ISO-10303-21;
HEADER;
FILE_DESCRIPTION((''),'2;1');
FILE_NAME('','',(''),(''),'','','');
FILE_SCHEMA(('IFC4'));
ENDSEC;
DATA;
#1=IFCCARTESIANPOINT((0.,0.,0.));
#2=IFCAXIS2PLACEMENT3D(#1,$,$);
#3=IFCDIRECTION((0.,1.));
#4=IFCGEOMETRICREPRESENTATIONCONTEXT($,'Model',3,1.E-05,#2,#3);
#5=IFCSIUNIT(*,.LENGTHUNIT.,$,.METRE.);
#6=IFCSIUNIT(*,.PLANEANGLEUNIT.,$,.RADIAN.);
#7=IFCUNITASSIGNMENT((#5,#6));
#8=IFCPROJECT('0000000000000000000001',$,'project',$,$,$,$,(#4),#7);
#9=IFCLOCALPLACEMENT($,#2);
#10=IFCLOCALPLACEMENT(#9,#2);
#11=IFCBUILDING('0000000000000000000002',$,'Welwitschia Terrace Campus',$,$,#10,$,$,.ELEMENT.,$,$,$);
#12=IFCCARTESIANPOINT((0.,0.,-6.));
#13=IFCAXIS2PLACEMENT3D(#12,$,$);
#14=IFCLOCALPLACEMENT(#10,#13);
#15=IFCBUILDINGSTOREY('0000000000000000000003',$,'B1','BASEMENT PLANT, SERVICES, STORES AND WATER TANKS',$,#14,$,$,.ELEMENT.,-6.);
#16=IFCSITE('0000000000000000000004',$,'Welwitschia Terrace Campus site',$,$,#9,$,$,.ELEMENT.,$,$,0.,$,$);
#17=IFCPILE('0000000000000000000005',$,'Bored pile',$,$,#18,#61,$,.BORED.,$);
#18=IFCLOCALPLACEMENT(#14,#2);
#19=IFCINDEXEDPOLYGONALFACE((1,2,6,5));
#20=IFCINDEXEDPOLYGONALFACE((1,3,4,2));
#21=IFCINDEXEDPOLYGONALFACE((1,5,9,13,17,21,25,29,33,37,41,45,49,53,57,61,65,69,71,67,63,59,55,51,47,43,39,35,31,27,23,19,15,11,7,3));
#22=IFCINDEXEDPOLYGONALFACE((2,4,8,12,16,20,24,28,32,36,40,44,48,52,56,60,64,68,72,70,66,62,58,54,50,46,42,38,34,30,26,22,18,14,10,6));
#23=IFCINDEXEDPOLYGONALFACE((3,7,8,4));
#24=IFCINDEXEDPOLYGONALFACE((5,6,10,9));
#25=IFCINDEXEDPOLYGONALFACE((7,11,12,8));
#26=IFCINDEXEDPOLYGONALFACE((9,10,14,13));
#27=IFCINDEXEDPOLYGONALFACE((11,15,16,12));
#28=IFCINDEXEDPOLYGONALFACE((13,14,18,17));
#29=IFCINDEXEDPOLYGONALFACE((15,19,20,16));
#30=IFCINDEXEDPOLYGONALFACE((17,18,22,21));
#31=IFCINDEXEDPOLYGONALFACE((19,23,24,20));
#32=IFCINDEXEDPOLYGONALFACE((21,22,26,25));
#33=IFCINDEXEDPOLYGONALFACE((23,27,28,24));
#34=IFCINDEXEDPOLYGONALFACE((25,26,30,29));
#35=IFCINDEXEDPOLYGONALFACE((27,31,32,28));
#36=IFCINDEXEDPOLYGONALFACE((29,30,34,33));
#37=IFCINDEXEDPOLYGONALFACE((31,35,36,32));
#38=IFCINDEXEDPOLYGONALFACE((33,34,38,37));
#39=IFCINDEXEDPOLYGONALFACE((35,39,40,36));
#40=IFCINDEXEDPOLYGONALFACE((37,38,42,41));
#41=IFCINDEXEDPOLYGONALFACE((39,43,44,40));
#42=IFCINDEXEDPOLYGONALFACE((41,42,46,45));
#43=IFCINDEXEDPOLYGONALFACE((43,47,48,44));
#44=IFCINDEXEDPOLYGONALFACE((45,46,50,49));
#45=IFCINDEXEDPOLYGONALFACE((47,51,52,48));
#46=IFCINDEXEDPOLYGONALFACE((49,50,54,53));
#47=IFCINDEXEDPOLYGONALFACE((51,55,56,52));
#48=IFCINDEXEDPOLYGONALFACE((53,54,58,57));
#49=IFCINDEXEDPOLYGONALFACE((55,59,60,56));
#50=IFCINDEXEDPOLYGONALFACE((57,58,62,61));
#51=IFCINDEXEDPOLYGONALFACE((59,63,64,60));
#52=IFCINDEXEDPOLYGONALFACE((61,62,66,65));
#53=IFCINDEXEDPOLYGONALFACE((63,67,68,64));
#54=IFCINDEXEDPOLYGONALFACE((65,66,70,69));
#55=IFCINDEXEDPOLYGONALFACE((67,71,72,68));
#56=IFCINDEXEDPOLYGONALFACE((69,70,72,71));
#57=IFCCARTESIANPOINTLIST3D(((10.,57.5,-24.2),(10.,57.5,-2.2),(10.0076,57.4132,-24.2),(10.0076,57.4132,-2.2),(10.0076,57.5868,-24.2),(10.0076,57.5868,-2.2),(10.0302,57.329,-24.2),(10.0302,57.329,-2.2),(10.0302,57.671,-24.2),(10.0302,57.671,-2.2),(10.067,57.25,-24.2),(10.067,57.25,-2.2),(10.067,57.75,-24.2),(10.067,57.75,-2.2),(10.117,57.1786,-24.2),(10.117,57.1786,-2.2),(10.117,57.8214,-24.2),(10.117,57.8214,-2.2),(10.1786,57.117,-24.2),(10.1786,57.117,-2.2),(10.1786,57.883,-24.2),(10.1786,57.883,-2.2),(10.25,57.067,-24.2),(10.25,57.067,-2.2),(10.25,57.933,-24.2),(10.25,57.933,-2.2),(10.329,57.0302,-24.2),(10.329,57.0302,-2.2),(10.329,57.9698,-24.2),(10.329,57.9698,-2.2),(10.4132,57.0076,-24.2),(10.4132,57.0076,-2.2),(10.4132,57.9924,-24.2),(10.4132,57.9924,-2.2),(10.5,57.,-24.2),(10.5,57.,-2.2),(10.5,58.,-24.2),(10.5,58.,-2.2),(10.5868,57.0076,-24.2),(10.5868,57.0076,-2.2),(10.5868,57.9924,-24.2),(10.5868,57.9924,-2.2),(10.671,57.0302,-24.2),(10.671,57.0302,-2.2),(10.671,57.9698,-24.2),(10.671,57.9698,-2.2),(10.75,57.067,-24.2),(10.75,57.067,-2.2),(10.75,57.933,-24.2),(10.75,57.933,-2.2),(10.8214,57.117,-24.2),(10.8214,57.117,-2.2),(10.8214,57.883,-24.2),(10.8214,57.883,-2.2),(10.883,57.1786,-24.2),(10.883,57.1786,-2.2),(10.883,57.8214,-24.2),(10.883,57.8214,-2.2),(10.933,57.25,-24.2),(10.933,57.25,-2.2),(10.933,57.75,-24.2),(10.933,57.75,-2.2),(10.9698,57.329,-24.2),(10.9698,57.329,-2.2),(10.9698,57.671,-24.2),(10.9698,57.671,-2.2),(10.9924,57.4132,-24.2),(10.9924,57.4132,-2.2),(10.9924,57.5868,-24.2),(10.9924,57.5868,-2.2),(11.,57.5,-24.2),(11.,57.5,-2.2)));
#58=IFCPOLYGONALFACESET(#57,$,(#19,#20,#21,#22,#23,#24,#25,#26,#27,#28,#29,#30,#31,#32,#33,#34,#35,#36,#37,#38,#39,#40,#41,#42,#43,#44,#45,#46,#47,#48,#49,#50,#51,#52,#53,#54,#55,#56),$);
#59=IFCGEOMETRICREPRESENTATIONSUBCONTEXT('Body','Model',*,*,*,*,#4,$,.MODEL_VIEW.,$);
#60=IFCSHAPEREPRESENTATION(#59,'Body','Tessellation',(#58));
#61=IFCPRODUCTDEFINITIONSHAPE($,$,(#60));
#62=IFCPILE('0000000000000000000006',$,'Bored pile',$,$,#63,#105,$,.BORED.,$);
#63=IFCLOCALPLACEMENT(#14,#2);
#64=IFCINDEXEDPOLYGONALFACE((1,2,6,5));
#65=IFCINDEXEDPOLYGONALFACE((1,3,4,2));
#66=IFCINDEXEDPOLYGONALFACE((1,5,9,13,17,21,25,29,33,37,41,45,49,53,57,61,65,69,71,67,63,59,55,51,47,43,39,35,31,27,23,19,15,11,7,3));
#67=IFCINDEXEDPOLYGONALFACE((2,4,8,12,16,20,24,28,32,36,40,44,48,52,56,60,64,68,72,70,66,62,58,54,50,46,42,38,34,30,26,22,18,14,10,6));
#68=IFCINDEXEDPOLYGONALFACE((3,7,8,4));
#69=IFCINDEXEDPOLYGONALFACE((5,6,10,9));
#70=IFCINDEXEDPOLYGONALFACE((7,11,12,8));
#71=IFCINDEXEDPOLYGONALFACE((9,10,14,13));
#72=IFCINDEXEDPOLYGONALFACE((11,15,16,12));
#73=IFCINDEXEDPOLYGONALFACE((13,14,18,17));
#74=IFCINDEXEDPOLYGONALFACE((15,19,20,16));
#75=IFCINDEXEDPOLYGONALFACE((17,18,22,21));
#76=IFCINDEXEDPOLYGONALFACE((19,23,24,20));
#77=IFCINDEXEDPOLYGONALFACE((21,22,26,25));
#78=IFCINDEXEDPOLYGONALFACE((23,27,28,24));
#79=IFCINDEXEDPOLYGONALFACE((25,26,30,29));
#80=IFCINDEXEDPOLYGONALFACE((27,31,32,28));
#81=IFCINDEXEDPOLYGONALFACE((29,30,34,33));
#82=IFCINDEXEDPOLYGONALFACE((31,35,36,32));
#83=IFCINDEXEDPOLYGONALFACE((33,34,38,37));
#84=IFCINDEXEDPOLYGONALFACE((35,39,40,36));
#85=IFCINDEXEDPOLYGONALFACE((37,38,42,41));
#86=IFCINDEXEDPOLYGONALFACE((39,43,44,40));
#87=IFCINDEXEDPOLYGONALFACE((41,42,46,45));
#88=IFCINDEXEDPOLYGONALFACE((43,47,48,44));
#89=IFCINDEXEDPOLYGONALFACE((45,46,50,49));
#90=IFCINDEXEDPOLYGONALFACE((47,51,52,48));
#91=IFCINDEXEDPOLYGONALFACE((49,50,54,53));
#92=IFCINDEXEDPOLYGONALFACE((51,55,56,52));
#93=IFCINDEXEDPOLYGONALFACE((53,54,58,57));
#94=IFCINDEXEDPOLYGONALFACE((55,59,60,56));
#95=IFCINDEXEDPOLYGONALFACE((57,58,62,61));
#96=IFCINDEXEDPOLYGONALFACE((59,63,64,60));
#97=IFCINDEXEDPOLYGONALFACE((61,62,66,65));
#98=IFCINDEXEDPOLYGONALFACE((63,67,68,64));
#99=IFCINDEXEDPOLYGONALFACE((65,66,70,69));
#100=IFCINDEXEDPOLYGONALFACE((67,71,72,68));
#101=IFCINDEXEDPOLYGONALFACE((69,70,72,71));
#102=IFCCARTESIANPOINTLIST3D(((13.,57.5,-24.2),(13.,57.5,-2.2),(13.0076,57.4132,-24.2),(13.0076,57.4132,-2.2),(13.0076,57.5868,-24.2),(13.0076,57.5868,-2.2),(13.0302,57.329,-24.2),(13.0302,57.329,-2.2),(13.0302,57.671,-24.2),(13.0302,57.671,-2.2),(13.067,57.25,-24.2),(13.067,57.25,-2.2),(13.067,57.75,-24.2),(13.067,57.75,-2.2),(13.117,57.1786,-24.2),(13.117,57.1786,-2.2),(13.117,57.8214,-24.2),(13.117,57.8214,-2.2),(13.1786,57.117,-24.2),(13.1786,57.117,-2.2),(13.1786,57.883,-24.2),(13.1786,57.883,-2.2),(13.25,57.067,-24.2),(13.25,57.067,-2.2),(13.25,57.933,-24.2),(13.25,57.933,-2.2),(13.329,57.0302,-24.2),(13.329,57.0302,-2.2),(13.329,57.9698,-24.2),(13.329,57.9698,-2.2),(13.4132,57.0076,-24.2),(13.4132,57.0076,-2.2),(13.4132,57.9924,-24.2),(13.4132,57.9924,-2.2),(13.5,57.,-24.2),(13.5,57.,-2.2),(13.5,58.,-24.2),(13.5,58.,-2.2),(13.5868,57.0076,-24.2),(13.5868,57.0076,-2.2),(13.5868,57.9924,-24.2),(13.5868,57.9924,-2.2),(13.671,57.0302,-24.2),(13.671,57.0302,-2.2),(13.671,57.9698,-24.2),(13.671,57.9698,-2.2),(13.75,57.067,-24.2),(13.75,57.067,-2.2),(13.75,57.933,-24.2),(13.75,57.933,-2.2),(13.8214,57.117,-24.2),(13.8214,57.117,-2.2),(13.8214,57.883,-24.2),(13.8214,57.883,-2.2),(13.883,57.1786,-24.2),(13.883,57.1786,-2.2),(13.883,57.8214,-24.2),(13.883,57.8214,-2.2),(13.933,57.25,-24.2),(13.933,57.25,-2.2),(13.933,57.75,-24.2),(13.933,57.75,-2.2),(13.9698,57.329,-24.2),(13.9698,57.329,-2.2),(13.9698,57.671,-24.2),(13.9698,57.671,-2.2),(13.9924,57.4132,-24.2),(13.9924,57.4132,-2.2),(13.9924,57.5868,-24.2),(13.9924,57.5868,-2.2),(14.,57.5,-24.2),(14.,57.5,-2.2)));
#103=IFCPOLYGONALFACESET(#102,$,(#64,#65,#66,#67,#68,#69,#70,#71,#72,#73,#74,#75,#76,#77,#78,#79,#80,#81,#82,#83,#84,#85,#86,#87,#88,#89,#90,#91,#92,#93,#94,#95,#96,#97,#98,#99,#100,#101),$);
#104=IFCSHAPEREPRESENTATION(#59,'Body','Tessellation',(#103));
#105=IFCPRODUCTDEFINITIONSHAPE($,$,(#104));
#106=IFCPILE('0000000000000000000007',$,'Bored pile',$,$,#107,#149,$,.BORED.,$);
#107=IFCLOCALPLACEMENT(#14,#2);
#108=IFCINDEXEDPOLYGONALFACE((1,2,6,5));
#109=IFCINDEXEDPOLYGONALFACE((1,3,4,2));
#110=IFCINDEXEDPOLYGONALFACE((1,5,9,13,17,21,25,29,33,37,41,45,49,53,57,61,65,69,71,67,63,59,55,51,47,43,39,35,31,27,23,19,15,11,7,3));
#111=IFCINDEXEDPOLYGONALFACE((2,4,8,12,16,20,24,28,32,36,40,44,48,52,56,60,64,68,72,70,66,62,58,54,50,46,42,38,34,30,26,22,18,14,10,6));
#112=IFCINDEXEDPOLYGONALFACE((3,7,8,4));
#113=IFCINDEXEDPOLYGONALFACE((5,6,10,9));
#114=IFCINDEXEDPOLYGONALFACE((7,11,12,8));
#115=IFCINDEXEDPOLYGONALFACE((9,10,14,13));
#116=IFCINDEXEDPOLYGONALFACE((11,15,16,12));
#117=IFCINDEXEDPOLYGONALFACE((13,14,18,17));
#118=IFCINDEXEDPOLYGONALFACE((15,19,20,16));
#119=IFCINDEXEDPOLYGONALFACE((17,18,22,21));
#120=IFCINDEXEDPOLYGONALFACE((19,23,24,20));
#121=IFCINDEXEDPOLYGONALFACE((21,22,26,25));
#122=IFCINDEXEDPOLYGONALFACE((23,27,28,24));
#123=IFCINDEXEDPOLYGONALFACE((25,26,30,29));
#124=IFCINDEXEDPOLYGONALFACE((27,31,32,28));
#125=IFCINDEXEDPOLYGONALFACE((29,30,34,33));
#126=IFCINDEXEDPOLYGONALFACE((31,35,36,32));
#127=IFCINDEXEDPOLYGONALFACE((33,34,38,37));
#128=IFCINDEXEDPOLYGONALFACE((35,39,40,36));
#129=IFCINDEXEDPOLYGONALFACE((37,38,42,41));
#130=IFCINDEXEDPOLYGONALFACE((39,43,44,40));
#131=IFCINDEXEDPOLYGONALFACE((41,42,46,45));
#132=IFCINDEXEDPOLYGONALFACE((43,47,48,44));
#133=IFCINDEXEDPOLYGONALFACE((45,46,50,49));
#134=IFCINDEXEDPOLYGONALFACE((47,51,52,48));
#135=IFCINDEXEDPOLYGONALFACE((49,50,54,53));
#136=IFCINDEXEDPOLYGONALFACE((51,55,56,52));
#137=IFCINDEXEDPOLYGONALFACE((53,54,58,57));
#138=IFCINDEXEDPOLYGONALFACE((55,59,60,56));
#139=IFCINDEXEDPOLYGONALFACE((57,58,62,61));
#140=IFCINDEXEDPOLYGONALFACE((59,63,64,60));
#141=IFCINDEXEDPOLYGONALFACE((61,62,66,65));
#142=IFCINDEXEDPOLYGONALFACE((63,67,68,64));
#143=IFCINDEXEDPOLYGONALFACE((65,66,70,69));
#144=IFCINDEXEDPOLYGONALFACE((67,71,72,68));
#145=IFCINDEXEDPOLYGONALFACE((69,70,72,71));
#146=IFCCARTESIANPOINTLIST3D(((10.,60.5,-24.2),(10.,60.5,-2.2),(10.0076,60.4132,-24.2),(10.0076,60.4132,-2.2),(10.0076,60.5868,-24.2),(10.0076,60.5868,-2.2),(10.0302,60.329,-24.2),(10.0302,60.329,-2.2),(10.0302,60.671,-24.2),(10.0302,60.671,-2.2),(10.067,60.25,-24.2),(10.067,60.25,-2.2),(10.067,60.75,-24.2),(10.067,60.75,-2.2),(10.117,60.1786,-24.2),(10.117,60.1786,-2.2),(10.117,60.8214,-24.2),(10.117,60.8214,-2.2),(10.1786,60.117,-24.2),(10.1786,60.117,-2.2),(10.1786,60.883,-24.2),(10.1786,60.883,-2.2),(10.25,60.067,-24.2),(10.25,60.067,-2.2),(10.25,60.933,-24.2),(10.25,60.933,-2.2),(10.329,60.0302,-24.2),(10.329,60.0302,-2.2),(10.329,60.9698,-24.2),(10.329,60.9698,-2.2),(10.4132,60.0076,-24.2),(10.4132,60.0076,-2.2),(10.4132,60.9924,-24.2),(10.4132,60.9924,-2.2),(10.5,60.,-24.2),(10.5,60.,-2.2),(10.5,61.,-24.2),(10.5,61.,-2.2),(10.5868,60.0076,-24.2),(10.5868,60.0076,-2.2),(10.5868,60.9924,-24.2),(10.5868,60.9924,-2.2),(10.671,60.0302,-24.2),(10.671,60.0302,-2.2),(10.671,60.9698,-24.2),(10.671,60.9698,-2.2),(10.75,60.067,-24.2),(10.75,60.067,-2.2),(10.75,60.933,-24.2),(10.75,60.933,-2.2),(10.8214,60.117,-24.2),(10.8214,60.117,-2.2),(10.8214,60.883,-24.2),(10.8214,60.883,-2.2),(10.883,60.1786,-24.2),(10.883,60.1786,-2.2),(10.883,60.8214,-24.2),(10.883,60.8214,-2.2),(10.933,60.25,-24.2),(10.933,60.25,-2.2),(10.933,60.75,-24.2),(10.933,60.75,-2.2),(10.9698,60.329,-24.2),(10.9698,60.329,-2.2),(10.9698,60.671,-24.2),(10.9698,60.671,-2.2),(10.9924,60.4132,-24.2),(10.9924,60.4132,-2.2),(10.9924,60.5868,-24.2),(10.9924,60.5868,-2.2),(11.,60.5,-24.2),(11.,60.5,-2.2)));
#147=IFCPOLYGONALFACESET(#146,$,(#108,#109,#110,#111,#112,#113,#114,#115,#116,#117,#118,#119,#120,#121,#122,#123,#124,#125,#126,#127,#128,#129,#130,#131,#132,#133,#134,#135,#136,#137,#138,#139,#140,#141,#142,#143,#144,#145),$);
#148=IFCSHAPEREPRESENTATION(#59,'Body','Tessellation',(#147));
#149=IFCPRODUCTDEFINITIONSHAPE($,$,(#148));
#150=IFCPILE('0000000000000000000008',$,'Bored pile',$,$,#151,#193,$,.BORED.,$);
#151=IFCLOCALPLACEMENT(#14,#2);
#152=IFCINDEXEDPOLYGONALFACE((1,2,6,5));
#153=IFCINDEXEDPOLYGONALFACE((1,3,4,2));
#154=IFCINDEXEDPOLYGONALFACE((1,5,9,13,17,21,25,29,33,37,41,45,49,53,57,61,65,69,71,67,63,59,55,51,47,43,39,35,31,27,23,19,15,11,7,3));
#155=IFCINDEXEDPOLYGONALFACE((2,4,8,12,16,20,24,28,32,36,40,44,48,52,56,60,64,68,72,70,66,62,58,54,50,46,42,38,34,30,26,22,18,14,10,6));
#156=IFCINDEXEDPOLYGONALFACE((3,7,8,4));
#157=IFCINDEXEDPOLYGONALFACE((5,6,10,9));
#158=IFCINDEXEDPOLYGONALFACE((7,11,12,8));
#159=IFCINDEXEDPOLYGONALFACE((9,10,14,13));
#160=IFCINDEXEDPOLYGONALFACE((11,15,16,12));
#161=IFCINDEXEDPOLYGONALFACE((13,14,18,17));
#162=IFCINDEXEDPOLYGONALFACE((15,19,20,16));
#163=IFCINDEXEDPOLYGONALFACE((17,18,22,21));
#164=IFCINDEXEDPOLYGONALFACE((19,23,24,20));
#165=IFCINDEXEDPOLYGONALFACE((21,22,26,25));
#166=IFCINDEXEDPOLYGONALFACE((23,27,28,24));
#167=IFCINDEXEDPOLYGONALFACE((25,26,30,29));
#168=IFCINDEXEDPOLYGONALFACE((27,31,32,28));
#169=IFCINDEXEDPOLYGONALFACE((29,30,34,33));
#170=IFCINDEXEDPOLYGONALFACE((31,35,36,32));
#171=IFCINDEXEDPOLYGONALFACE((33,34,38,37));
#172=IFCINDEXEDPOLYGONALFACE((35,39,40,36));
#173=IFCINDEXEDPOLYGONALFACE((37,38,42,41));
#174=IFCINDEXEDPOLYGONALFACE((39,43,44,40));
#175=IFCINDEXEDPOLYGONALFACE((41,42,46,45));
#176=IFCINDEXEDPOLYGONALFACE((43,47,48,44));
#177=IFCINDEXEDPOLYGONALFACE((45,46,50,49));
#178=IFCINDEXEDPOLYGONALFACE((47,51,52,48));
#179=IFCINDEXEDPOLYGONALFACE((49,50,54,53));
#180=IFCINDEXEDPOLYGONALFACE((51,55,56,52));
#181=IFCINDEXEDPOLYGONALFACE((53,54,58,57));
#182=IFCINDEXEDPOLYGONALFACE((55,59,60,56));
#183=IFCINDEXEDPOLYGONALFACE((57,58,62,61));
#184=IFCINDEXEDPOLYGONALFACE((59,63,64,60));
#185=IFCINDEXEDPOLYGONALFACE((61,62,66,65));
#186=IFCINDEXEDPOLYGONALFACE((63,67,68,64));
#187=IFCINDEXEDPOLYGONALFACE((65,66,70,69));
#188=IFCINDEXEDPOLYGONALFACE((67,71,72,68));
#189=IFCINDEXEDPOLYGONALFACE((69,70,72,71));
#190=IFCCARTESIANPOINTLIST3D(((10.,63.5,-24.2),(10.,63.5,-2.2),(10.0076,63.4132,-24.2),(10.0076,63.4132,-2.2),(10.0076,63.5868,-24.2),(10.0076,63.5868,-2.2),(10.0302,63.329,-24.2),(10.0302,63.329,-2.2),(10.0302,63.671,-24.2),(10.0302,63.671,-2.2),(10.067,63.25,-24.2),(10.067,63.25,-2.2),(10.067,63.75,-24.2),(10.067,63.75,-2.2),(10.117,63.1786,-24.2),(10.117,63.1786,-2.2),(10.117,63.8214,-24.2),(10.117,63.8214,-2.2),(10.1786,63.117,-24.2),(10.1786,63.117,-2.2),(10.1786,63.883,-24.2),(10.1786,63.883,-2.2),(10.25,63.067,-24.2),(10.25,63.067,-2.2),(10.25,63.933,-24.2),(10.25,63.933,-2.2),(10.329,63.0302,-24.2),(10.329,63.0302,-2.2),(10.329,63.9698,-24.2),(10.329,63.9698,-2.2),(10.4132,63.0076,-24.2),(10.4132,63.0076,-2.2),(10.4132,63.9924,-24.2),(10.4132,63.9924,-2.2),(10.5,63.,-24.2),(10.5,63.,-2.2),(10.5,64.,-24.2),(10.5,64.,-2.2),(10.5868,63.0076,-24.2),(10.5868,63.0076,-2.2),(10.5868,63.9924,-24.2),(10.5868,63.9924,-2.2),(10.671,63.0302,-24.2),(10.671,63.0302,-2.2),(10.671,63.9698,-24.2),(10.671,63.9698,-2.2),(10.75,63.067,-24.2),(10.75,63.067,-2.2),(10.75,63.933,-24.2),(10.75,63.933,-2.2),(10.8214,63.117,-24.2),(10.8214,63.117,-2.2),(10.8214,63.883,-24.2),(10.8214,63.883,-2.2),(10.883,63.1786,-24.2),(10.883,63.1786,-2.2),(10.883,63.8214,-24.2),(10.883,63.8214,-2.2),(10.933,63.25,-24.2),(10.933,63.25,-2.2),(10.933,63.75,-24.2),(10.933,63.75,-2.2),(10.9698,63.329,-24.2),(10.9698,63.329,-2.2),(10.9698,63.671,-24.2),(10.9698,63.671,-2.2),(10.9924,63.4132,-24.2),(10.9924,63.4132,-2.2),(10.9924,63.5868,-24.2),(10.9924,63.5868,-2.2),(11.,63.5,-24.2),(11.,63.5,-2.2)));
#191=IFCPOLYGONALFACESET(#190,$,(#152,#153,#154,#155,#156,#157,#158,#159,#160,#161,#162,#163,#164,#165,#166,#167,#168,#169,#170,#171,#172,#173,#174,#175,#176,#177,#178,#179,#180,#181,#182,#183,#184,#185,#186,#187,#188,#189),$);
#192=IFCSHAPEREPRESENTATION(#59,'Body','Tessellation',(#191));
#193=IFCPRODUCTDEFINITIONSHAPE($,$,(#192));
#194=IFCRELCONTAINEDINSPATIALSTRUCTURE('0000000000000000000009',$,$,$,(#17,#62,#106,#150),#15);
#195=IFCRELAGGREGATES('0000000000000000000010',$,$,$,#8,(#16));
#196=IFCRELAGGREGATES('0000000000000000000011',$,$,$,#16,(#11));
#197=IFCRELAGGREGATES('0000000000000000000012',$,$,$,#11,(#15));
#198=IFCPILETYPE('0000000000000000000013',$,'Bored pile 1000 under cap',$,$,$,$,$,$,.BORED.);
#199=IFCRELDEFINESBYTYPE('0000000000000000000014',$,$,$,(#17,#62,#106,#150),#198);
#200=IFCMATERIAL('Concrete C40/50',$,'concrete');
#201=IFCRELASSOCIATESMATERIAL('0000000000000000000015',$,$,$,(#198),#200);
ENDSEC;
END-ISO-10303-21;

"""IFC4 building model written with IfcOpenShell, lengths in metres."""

from ifc_helpers import new_model, si_unit, direction, frame, origin, origin_2d, place, context, subcontext, project, spatial, circle, extrude, material, type_object, element, save


model = new_model("IFC4")

# Units and contexts
model_context = context("Model", 3, precision=1e-05, world=origin(), true_north=direction((0.0, 1.0)))
body_context = subcontext(model_context, "Body", "Model", "MODEL_VIEW")
ifc_project = project(units=[si_unit("LENGTHUNIT", "METRE"), si_unit("PLANEANGLEUNIT", "RADIAN")], contexts=[model_context])

# Site, building, storey
site_placement = place(None, origin())
site = spatial("IfcSite", under=ifc_project, at=site_placement, Name="Welwitschia Terrace Campus site", CompositionType="ELEMENT", RefElevation=0.0)
building_placement = place(site_placement, origin())
building = spatial("IfcBuilding", under=site, at=building_placement, Name="Welwitschia Terrace Campus", CompositionType="ELEMENT")
storey_placement = place(building_placement, frame((0.0, 0.0, -6.0)))
storey = spatial("IfcBuildingStorey", under=building, at=storey_placement, Name="B1", Description="BASEMENT PLANT, SERVICES, STORES AND WATER TANKS", CompositionType="ELEMENT", Elevation=-6.0)

# Piles
ifc_material_1 = material(Name="Concrete C40/50", Category="concrete")
pile_type = type_object("IfcPileType", Name="Bored pile 1000 under cap", PredefinedType="BORED", material=ifc_material_1)
for number, where, z_axis, x_axis, name in (
    (1, (10.5, 57.5, -2.2), (0.0, 0.0, -1.0), (1.0, 0.0, 0.0), "Bored pile"),
    (2, (13.5, 57.5, -2.2), (0.0, 0.0, -1.0), (1.0, 0.0, 0.0), "Bored pile"),
    (3, (10.5, 60.5, -2.2), (0.0, 0.0, -1.0), (1.0, 0.0, 0.0), "Bored pile"),
    (4, (10.5, 63.5, -2.2), (0.0, 0.0, -1.0), (1.0, 0.0, 0.0), "Bored pile"),
):
    element("IfcPile", number, at=place(storey_placement, frame(where, z_axis=z_axis, x_axis=x_axis)), inside=storey, type_object=pile_type, Name=name, PredefinedType="BORED", context=body_context, shape_type="SweptSolid", body=[
        extrude(circle(Radius=0.5, at=origin_2d()), origin(), (0.0, 0.0, 1.0), 22.0),
    ])

save(model, "model.ifc")
